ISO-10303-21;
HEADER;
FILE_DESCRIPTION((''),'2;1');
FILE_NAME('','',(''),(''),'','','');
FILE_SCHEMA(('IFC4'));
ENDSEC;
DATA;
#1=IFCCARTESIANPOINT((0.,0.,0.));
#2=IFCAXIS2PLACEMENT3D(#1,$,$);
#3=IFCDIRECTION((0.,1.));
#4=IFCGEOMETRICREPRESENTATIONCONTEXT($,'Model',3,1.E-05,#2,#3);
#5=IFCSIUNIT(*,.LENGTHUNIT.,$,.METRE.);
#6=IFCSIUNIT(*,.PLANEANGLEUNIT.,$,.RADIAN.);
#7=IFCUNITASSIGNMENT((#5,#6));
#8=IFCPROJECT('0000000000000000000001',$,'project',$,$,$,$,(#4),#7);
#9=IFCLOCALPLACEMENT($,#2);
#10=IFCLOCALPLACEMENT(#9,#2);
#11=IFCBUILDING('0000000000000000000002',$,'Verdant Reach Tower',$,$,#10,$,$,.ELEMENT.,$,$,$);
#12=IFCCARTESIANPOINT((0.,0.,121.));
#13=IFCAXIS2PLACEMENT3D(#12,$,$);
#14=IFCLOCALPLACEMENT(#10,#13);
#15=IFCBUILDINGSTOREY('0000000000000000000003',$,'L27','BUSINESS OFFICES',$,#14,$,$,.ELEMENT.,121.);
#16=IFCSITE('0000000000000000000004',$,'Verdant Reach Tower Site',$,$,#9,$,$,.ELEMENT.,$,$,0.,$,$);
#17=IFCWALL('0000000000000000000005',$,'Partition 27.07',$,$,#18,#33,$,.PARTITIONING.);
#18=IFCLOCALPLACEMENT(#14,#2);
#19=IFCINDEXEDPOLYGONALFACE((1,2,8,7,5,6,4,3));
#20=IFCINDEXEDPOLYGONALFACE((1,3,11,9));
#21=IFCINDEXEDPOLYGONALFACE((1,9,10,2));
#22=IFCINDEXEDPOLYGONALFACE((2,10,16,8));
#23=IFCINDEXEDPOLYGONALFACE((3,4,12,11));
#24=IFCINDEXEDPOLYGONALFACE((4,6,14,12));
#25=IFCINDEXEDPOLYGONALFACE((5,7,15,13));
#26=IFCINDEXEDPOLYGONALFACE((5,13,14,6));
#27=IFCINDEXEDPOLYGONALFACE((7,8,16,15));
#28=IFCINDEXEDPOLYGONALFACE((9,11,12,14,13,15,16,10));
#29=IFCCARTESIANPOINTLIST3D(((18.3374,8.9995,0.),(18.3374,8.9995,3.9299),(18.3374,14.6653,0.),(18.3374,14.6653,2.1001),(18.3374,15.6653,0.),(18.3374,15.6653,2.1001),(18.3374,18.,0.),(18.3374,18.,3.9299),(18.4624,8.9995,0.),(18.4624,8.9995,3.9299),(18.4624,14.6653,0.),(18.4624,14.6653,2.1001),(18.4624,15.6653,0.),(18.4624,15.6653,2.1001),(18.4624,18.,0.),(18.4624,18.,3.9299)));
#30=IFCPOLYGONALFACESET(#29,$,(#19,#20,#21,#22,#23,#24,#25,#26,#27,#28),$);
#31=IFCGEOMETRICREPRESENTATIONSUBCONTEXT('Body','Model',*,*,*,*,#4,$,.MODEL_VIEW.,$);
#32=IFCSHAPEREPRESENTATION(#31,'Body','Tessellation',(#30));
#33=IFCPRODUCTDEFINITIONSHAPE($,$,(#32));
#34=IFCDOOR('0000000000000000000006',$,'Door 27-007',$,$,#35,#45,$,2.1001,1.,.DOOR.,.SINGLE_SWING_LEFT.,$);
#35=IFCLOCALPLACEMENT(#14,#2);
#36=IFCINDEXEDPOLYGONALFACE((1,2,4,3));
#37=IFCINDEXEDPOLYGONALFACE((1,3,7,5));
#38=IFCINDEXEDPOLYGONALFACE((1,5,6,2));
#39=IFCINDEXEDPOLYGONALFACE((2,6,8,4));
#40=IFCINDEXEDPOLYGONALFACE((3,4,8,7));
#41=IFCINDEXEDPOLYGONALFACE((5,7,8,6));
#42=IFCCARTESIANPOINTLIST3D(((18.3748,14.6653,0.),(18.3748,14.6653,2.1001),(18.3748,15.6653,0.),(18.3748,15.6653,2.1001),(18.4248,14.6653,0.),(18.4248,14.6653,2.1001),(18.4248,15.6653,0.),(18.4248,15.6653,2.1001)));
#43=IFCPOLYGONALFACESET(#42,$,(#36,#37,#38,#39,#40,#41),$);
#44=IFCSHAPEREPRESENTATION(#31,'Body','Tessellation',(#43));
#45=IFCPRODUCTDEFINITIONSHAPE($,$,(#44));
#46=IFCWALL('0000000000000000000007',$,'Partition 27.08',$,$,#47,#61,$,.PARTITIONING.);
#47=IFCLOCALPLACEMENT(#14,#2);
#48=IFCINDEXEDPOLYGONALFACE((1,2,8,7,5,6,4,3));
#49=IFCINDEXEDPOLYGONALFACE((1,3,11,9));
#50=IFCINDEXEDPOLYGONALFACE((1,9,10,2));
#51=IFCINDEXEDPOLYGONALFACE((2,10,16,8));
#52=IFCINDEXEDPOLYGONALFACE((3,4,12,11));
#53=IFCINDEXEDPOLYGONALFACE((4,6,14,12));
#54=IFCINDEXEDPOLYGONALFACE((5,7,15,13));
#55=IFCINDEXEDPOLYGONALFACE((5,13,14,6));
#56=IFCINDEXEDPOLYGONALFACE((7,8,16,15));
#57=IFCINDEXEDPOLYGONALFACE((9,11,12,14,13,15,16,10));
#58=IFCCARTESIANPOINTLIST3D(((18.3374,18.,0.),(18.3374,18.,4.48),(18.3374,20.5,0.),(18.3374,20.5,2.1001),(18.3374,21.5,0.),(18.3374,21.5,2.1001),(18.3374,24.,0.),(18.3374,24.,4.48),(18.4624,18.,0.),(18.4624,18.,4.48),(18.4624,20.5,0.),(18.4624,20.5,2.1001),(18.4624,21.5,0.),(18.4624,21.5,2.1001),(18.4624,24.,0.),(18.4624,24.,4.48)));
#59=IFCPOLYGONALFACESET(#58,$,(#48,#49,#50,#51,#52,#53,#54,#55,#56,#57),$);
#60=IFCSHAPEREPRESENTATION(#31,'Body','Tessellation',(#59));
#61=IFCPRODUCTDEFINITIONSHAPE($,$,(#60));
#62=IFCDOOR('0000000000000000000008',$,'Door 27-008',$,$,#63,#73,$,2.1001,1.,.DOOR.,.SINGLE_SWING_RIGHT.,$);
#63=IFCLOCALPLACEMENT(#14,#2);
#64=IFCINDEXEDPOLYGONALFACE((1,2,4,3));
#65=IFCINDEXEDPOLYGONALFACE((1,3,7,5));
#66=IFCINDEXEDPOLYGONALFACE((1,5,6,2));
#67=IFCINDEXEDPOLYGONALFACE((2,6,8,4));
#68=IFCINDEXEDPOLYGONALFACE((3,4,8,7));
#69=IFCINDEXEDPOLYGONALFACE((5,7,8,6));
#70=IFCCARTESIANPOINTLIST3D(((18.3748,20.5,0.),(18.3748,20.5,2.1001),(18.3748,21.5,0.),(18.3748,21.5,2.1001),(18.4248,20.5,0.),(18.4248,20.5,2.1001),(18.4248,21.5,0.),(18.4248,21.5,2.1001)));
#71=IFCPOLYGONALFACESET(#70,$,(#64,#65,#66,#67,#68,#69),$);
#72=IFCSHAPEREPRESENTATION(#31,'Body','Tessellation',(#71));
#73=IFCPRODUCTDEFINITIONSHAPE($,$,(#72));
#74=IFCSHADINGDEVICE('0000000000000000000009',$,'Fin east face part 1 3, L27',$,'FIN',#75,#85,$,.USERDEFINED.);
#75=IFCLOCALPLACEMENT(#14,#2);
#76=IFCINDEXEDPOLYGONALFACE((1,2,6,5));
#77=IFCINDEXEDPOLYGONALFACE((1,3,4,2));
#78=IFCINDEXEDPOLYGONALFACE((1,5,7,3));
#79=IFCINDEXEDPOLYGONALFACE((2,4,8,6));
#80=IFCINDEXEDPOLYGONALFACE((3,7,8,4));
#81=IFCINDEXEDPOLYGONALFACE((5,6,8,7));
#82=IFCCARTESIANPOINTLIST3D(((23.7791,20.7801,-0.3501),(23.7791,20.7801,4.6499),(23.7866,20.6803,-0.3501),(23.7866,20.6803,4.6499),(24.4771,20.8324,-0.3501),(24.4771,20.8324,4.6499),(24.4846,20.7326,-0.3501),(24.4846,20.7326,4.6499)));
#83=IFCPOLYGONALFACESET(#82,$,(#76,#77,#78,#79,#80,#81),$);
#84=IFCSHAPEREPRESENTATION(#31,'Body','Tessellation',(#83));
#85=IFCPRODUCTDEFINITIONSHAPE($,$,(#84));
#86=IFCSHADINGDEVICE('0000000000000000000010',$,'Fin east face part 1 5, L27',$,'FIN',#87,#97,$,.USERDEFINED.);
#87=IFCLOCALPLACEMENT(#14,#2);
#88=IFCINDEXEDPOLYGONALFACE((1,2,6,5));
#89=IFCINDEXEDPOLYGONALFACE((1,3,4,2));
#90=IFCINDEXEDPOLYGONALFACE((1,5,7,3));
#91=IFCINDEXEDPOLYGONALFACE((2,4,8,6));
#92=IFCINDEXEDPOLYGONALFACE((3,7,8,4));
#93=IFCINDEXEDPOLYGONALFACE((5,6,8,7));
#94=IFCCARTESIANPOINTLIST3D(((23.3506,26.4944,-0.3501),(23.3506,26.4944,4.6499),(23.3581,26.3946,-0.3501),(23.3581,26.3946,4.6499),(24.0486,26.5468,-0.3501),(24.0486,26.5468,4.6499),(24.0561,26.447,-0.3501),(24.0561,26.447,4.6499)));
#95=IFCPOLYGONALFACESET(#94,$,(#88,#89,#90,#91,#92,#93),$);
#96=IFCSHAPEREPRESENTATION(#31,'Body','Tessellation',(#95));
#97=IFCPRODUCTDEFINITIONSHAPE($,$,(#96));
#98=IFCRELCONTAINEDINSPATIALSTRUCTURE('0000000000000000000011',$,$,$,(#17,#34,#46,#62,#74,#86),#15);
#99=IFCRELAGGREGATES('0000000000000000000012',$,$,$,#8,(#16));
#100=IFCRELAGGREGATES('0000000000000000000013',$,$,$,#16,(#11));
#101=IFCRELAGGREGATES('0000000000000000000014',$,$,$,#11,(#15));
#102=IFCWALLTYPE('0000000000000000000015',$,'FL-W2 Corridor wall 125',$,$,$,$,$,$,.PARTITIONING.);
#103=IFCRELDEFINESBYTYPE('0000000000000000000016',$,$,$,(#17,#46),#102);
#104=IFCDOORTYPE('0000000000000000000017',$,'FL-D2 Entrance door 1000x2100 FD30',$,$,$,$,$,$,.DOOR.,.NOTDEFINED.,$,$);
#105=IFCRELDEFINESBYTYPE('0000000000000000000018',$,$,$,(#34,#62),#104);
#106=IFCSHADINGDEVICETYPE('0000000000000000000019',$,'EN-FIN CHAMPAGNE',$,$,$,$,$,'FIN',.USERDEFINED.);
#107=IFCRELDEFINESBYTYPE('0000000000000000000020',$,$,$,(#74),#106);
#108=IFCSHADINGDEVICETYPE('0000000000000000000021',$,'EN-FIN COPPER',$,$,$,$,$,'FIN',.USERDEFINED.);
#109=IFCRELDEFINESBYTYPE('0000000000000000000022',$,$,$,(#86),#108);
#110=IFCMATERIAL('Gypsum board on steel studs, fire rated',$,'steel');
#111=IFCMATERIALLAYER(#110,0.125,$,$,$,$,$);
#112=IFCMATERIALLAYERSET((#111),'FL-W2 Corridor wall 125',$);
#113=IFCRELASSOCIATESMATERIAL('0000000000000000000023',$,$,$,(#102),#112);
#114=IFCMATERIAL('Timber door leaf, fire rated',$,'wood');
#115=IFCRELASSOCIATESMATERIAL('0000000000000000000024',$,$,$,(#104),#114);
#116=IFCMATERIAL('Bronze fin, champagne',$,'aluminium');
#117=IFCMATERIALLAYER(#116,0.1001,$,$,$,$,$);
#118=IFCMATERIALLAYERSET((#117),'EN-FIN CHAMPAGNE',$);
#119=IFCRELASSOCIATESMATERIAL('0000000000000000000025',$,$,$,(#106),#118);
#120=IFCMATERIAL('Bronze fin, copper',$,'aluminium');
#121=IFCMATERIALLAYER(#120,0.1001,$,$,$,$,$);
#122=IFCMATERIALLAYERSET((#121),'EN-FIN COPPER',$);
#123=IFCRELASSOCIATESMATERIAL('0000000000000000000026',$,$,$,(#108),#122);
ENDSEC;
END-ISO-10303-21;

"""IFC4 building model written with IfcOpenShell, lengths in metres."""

from ifc_helpers import new_model, si_unit, direction, frame, frame_2d, origin, origin_2d, place, context, subcontext, project, spatial, rectangle, extrude, material, layer, layer_set, type_object, element, fill, save


model = new_model("IFC4")

# Units and contexts
model_context = context("Model", 3, precision=1e-05, world=origin(), true_north=direction((0.0, 1.0)))
body_context = subcontext(model_context, "Body", "Model", "MODEL_VIEW")
ifc_project = project(units=[si_unit("LENGTHUNIT", "METRE"), si_unit("PLANEANGLEUNIT", "RADIAN")], contexts=[model_context])

# Site, building, storey
site_placement = place(None, origin())
site = spatial("IfcSite", under=ifc_project, at=site_placement, Name="Verdant Reach Tower Site", CompositionType="ELEMENT", RefElevation=0.0)
building_placement = place(site_placement, origin())
building = spatial("IfcBuilding", under=site, at=building_placement, Name="Verdant Reach Tower", CompositionType="ELEMENT")
storey_placement = place(building_placement, frame((0.0, 0.0, 121.0)))
storey = spatial("IfcBuildingStorey", under=building, at=storey_placement, Name="L27", Description="BUSINESS OFFICES", CompositionType="ELEMENT", Elevation=121.0)

# Walls, openings, doors
ifc_material_1 = material(Name="Gypsum board on steel studs, fire rated", Category="steel")
ifc_layer_1 = layer(ifc_material_1, 0.125)
ifc_layer_set_1 = layer_set([ifc_layer_1], Name="FL-W2 Corridor wall 125")
wall_type_1 = type_object("IfcWallType", Name="FL-W2 Corridor wall 125", PredefinedType="PARTITIONING", material=ifc_layer_set_1)
wall_1_placement = place(storey_placement, frame((18.3999, 18.0, 0.0), z_axis=(0.0, 0.0, 1.0), x_axis=(0.0, -1.0, 0.0)))
wall_1 = element("IfcWall", 1, at=wall_1_placement, inside=storey, type_object=wall_type_1, Name="Partition 27.07", PredefinedType="PARTITIONING", context=body_context, shape_type="SweptSolid", body=[
    extrude(rectangle(XDim=9.0005, YDim=0.125, at=frame_2d((4.5002, 0.0))), origin(), (0.0, 0.0, 1.0), 3.9299),
])
opening_1_placement = place(wall_1_placement, frame((2.3347, 0.0, 0.0)))
opening_1 = element("IfcOpeningElement", 2, at=opening_1_placement, cuts=wall_1, PredefinedType="OPENING", context=body_context, shape_type="SweptSolid", body=[
    extrude(rectangle(XDim=1.0, YDim=2.1001, at=frame_2d((0.5, 1.05))), frame((0.0, 0.0725, 0.0), z_axis=(0.0, -1.0, 0.0), x_axis=(1.0, 0.0, 0.0)), (0.0, 0.0, 1.0), 0.145),
])
ifc_material_2 = material(Name="Timber door leaf, fire rated", Category="wood")
door_type = type_object("IfcDoorType", Name="FL-D2 Entrance door 1000x2100 FD30", OperationType="NOTDEFINED", PredefinedType="DOOR", material=ifc_material_2)
door_1_placement = place(opening_1_placement, origin())
door_1 = element("IfcDoor", 3, at=door_1_placement, inside=storey, type_object=door_type, Name="Door 27-007", OperationType="SINGLE_SWING_LEFT", OverallHeight=2.1001, OverallWidth=1.0, PredefinedType="DOOR", context=body_context, shape_type="SweptSolid", body=[
    extrude(rectangle(XDim=1.0, YDim=2.1001, at=frame_2d((0.5, 1.05))), frame((0.0, 0.0249, 0.0), z_axis=(0.0, -1.0, 0.0), x_axis=(1.0, 0.0, 0.0)), (0.0, 0.0, 1.0), 0.05),
])
fill(opening_1, door_1)
wall_2_placement = place(storey_placement, frame((18.3999, 24.0, 0.0), z_axis=(0.0, 0.0, 1.0), x_axis=(0.0, -1.0, 0.0)))
wall_2 = element("IfcWall", 4, at=wall_2_placement, inside=storey, type_object=wall_type_1, Name="Partition 27.08", PredefinedType="PARTITIONING", context=body_context, shape_type="SweptSolid", body=[
    extrude(rectangle(XDim=6.0, YDim=0.125, at=frame_2d((3.0, 0.0))), origin(), (0.0, 0.0, 1.0), 4.48),
])
opening_2_placement = place(wall_2_placement, frame((2.5, 0.0, 0.0)))
opening_2 = element("IfcOpeningElement", 5, at=opening_2_placement, cuts=wall_2, PredefinedType="OPENING", context=body_context, shape_type="SweptSolid", body=[
    extrude(rectangle(XDim=1.0, YDim=2.1001, at=frame_2d((0.5, 1.05))), frame((0.0, 0.0725, 0.0), z_axis=(0.0, -1.0, 0.0), x_axis=(1.0, 0.0, 0.0)), (0.0, 0.0, 1.0), 0.145),
])
door_2_placement = place(opening_2_placement, origin())
door_2 = element("IfcDoor", 6, at=door_2_placement, inside=storey, type_object=door_type, Name="Door 27-008", OperationType="SINGLE_SWING_RIGHT", OverallHeight=2.1001, OverallWidth=1.0, PredefinedType="DOOR", context=body_context, shape_type="SweptSolid", body=[
    extrude(rectangle(XDim=1.0, YDim=2.1001, at=frame_2d((0.5, 1.05))), frame((0.0, 0.0249, 0.0), z_axis=(0.0, -1.0, 0.0), x_axis=(1.0, 0.0, 0.0)), (0.0, 0.0, 1.0), 0.05),
])
fill(opening_2, door_2)

# Shading devices
ifc_material_3 = material(Name="Bronze fin, champagne", Category="aluminium")
ifc_layer_2 = layer(ifc_material_3, 0.1001)
ifc_layer_set_2 = layer_set([ifc_layer_2], Name="EN-FIN CHAMPAGNE")
shading_device_type_1 = type_object("IfcShadingDeviceType", Name="EN-FIN CHAMPAGNE", ElementType="FIN", PredefinedType="USERDEFINED", material=ifc_layer_set_2)
shading_device_1_placement = place(storey_placement, frame((24.1318, 20.7563, -0.3501), z_axis=(0.0, 0.0, 1.0), x_axis=(-0.07479, 0.997199, 0.0)))
element("IfcShadingDevice", 7, at=shading_device_1_placement, inside=storey, type_object=shading_device_type_1, Name="Fin east face part 1 3, L27", ObjectType="FIN", PredefinedType="USERDEFINED", context=body_context, shape_type="SweptSolid", body=[
    extrude(rectangle(XDim=0.1001, YDim=0.7, at=origin_2d()), origin(), (0.0, 0.0, 1.0), 5.0),
])
ifc_material_4 = material(Name="Bronze fin, copper", Category="aluminium")
ifc_layer_3 = layer(ifc_material_4, 0.1001)
ifc_layer_set_3 = layer_set([ifc_layer_3], Name="EN-FIN COPPER")
shading_device_type_2 = type_object("IfcShadingDeviceType", Name="EN-FIN COPPER", ElementType="FIN", PredefinedType="USERDEFINED", material=ifc_layer_set_3)
shading_device_2_placement = place(storey_placement, frame((23.7034, 26.4707, -0.3501), z_axis=(0.0, 0.0, 1.0), x_axis=(-0.07479, 0.997199, 0.0)))
element("IfcShadingDevice", 8, at=shading_device_2_placement, inside=storey, type_object=shading_device_type_2, Name="Fin east face part 1 5, L27", ObjectType="FIN", PredefinedType="USERDEFINED", context=body_context, shape_type="SweptSolid", body=[
    extrude(rectangle(XDim=0.1001, YDim=0.7, at=origin_2d()), origin(), (0.0, 0.0, 1.0), 5.0),
])

save(model, "model.ifc")
